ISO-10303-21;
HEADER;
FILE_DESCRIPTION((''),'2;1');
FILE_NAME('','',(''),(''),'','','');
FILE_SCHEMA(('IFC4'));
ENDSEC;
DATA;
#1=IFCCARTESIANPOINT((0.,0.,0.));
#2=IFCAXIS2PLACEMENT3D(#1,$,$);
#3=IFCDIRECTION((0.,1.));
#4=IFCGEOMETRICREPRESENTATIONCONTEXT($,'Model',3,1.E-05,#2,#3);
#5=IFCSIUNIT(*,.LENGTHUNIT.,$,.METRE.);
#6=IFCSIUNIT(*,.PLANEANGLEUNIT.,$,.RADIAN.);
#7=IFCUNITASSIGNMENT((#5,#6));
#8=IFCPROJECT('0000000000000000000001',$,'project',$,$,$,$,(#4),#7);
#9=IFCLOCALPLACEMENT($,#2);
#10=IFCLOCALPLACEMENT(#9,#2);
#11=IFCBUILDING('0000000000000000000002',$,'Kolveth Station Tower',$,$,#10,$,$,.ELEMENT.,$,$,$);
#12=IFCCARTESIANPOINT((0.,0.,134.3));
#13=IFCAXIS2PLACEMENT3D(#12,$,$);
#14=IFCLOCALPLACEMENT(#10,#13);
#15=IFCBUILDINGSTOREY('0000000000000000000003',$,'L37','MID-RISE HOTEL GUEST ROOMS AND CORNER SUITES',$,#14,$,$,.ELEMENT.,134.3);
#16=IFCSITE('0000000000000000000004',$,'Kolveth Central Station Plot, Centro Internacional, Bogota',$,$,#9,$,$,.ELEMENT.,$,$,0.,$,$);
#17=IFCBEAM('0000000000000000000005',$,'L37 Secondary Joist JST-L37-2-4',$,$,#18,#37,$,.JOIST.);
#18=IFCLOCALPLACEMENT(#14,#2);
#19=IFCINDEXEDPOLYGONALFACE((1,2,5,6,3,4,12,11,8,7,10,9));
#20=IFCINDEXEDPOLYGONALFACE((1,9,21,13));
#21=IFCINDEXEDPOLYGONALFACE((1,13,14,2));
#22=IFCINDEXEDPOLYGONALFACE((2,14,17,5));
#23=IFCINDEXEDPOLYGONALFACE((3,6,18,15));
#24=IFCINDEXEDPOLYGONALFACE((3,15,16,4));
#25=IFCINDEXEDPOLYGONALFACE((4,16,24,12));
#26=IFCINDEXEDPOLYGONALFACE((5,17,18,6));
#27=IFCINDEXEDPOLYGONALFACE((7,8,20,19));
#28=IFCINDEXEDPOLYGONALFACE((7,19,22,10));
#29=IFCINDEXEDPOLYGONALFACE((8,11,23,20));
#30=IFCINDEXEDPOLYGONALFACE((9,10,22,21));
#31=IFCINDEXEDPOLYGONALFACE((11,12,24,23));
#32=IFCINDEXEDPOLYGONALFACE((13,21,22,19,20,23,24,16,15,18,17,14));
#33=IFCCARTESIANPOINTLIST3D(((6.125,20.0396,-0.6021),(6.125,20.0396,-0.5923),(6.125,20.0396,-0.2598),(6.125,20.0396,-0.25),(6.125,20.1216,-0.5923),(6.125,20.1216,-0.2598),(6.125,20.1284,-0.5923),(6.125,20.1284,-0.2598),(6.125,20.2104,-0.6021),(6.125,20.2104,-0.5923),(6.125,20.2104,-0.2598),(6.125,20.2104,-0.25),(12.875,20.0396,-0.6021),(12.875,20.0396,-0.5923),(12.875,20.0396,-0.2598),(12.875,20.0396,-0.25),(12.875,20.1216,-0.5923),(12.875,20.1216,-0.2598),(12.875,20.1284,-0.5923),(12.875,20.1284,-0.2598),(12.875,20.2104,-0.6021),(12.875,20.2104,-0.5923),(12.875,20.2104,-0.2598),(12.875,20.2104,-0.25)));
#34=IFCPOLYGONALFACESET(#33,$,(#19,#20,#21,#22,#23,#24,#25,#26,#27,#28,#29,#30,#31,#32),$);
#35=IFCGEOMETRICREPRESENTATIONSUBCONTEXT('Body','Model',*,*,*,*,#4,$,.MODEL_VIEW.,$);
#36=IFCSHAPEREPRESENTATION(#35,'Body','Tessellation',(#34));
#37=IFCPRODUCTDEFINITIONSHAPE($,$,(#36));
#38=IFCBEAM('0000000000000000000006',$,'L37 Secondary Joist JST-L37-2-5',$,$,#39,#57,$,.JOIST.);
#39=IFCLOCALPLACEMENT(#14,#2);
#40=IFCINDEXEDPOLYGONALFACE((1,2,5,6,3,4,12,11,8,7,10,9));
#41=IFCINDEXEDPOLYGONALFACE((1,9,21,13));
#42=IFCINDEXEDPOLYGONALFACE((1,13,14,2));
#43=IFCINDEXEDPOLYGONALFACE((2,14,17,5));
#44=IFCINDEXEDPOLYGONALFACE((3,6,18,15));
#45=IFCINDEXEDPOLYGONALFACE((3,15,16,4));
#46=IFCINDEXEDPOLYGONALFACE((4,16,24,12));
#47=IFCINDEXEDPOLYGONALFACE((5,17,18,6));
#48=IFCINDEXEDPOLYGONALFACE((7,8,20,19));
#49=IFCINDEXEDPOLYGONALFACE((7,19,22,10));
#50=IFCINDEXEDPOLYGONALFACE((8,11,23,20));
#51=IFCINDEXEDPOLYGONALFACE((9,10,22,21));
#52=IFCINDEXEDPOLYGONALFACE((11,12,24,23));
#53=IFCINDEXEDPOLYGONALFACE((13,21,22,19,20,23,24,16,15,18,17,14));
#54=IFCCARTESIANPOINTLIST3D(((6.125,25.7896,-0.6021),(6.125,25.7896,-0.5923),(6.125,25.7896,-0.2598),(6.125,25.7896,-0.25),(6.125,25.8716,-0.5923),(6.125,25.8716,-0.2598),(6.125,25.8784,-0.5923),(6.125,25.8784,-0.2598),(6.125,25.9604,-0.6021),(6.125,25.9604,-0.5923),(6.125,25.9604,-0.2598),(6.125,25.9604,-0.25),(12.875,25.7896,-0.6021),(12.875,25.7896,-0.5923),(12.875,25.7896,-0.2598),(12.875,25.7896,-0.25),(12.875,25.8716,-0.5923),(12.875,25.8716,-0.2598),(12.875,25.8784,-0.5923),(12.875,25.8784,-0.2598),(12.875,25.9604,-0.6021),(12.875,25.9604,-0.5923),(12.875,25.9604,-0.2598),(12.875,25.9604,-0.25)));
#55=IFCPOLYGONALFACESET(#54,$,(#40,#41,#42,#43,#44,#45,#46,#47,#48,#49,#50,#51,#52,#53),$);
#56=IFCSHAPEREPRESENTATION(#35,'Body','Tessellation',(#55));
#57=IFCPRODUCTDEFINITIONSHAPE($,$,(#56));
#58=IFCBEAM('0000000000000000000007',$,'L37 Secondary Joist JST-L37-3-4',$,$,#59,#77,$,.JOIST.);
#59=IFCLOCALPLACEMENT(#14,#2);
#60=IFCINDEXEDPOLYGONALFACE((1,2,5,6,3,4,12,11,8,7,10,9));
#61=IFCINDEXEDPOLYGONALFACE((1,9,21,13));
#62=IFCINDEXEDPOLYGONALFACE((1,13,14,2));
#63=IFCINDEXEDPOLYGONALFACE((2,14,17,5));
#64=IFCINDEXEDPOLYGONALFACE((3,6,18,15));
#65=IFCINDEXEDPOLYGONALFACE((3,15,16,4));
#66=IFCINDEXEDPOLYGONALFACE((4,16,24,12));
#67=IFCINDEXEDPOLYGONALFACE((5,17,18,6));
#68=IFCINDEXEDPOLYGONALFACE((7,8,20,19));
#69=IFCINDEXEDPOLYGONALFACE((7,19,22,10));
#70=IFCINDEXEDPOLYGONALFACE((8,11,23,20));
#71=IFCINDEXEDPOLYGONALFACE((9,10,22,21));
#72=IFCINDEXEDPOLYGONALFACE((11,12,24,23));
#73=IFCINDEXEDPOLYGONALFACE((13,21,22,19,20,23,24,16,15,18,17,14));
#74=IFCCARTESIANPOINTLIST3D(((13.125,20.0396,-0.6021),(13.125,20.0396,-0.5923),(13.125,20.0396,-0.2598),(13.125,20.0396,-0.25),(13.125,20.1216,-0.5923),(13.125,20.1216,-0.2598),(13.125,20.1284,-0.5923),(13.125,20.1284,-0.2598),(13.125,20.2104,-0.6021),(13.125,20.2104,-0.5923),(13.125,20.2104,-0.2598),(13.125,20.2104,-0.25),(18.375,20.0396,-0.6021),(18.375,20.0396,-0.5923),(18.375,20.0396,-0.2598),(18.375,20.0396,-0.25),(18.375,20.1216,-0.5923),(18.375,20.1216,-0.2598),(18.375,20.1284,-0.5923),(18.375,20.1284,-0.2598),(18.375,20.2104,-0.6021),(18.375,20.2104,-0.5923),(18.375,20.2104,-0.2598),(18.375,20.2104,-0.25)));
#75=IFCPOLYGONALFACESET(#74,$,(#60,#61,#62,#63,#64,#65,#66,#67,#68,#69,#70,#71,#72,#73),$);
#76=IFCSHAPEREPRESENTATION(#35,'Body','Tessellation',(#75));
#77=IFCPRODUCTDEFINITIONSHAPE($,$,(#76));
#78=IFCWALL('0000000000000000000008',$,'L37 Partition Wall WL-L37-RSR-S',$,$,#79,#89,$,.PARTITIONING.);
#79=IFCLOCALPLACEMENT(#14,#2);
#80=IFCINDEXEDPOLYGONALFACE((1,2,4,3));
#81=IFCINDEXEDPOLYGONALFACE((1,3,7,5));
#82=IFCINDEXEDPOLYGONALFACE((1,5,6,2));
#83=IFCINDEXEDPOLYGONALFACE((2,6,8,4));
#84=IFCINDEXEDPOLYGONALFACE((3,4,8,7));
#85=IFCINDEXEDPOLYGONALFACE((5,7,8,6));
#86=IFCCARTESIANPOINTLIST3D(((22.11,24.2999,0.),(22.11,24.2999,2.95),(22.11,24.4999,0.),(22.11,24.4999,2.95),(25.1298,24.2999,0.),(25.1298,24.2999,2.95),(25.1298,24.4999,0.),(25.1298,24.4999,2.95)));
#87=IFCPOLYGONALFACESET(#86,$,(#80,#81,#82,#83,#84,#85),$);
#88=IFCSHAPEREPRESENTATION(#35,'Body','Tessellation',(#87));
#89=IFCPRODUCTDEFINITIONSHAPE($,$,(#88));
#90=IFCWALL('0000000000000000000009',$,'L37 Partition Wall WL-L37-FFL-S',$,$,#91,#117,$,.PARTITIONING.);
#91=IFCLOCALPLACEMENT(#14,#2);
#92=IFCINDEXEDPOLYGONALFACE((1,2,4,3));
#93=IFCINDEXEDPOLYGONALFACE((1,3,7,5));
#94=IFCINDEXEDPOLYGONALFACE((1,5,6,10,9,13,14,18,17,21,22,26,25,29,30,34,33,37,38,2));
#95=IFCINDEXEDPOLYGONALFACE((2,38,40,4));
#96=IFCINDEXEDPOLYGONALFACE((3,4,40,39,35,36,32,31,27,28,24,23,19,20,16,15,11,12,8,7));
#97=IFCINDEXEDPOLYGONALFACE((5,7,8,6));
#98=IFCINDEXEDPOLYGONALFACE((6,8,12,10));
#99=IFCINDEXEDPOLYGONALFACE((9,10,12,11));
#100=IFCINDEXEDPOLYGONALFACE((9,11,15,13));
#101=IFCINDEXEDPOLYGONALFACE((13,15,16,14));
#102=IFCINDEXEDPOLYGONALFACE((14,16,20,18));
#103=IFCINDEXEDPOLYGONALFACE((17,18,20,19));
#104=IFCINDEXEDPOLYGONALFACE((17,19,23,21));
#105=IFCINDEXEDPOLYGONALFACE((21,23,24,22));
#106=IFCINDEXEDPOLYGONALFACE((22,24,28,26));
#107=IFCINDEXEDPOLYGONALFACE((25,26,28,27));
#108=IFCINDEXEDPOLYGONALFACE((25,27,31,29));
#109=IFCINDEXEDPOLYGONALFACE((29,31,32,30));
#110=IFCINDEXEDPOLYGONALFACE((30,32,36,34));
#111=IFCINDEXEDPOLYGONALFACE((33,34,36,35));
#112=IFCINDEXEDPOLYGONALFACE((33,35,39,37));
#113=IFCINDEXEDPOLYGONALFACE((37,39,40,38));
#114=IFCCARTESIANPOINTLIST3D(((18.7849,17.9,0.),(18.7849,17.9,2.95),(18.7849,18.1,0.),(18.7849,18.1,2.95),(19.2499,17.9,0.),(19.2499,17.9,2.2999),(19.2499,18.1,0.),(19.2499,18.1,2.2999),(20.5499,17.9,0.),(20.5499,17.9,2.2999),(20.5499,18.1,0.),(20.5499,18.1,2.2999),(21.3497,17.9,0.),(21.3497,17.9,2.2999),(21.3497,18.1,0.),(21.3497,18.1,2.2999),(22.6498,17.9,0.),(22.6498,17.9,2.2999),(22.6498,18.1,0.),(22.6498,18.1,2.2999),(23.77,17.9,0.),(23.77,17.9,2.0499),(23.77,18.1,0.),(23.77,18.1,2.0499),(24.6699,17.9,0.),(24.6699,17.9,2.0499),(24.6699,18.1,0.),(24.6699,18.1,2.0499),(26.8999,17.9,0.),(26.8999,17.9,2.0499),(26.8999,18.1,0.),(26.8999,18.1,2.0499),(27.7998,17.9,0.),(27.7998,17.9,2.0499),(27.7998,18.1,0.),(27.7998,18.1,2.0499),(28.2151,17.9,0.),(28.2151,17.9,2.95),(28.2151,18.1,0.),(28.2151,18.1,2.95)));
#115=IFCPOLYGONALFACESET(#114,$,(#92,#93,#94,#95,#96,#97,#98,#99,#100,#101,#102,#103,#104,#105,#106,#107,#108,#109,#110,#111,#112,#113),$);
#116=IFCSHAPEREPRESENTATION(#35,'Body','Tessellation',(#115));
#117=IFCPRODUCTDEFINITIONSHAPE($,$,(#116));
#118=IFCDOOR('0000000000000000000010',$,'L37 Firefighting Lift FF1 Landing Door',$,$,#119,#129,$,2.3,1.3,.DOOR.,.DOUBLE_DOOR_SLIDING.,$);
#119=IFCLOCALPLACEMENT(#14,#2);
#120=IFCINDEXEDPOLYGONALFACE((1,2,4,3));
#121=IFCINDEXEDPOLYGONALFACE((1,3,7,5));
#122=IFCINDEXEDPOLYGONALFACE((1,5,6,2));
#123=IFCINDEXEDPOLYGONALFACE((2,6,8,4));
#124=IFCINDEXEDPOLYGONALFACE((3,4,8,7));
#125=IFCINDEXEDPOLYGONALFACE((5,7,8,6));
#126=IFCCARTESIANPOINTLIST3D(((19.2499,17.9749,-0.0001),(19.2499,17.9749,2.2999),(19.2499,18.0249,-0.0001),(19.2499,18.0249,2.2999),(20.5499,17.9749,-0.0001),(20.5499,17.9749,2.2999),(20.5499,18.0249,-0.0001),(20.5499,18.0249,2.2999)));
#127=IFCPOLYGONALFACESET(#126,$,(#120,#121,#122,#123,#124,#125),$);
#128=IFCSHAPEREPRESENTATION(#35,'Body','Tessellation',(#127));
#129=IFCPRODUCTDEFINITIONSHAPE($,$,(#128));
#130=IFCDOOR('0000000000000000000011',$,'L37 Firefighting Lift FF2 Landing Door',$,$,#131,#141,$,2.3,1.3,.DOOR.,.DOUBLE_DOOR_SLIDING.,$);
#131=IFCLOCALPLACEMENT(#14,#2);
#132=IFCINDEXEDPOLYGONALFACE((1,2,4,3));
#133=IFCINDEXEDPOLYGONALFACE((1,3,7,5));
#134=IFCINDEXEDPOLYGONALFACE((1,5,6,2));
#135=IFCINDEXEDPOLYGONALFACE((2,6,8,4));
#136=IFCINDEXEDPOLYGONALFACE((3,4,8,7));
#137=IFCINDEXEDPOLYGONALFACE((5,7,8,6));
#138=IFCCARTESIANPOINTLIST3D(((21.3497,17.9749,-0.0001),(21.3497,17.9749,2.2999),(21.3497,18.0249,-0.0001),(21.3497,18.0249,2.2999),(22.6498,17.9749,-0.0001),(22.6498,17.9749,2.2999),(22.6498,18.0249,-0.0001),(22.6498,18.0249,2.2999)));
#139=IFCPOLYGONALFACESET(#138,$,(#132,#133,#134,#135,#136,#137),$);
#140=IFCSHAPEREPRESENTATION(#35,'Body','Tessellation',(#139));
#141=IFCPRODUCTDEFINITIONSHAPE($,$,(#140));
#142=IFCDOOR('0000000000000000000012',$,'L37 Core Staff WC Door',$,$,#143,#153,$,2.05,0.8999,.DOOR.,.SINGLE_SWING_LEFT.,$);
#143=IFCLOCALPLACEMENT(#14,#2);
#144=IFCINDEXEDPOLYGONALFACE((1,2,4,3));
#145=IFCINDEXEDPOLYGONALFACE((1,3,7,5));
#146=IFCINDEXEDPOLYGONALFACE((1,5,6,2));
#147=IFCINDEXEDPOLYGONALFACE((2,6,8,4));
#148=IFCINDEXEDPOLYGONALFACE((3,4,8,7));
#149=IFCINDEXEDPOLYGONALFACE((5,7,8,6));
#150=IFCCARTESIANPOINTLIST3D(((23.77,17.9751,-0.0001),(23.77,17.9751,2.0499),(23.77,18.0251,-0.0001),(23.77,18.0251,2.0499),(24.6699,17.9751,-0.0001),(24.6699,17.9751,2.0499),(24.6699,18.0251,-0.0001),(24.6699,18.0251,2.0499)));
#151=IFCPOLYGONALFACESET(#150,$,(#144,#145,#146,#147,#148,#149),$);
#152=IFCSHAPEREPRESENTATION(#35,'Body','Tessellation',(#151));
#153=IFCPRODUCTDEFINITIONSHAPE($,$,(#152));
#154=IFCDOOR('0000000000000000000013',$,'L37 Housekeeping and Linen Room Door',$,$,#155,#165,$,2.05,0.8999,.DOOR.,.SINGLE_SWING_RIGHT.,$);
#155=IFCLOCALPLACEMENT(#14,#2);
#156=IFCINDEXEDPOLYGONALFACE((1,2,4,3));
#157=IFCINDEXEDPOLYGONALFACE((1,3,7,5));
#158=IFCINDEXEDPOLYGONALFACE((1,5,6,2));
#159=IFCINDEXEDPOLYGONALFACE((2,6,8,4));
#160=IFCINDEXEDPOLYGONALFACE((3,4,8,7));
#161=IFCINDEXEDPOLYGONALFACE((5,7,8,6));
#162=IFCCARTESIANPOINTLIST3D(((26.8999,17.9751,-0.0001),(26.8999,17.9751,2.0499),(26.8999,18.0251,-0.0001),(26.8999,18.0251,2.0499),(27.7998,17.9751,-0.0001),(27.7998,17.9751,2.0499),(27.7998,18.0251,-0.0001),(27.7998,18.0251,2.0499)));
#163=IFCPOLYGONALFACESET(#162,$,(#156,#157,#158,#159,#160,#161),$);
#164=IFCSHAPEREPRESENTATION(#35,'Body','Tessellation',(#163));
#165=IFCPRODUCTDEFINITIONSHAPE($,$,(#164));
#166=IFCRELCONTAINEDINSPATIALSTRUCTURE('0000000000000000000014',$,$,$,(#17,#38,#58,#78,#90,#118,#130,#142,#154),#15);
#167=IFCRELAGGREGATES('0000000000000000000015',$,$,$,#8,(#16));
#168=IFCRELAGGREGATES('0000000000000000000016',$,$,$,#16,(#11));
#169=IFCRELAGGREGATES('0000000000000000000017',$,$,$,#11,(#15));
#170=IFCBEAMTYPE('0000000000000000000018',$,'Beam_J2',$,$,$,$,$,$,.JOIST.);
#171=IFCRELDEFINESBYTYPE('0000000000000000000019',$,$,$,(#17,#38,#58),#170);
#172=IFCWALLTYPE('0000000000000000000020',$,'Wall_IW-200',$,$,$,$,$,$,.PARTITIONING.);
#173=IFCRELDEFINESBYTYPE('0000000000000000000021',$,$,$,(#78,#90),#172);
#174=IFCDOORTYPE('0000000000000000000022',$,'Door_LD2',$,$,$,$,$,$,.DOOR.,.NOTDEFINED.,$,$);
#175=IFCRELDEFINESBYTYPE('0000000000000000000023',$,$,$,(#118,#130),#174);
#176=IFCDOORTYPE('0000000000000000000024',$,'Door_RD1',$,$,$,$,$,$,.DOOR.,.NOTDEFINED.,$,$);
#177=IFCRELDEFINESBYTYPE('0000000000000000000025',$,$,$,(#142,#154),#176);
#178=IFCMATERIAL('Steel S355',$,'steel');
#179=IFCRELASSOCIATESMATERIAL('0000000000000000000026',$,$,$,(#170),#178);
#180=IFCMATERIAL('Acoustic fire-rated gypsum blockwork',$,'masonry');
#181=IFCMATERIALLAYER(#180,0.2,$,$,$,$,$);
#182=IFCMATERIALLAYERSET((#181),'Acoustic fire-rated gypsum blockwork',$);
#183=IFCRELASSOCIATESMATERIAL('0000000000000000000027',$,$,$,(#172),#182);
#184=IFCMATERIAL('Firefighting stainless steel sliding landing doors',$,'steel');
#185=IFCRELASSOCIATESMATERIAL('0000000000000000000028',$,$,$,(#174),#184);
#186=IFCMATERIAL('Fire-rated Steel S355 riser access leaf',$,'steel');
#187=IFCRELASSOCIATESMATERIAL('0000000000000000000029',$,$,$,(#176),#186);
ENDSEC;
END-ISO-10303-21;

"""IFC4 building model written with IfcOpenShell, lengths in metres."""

from ifc_helpers import new_model, si_unit, direction, frame, frame_2d, origin, origin_2d, place, context, subcontext, project, spatial, rectangle, i_section, extrude, source, transform, mapped, material, layer, layer_set, material_profile, profile_set, type_object, element, fill, save


model = new_model("IFC4")

# Units and contexts
model_context = context("Model", 3, precision=1e-05, world=origin(), true_north=direction((0.0, 1.0)))
body_context = subcontext(model_context, "Body", "Model", "MODEL_VIEW")
ifc_project = project(units=[si_unit("LENGTHUNIT", "METRE"), si_unit("PLANEANGLEUNIT", "RADIAN")], contexts=[model_context])

# Site, building, storey
site_placement = place(None, origin())
site = spatial("IfcSite", under=ifc_project, at=site_placement, Name="Kolveth Central Station Plot, Centro Internacional, Bogota", CompositionType="ELEMENT", RefElevation=0.0)
building_placement = place(site_placement, origin())
building = spatial("IfcBuilding", under=site, at=building_placement, Name="Kolveth Station Tower", CompositionType="ELEMENT")
storey_placement = place(building_placement, frame((0.0, 0.0, 134.3)))
storey = spatial("IfcBuildingStorey", under=building, at=storey_placement, Name="L37", Description="MID-RISE HOTEL GUEST ROOMS AND CORNER SUITES", CompositionType="ELEMENT", Elevation=134.3)

# Shared definitions
ifc_material_1 = material(Name="Steel S355", Category="steel")

# Beams
ifc_material_profile_1 = material_profile(ifc_material_1, i_section(OverallWidth=0.1709, OverallDepth=0.3521, WebThickness=0.0068, FlangeThickness=0.0098, at=origin_2d()), Name="W360x44")
ifc_profile_set_1 = profile_set([ifc_material_profile_1], Name="Steel S355")
beam_type_1 = type_object("IfcBeamType", Name="Beam_J2", PredefinedType="JOIST", material=ifc_profile_set_1)
shared_shape_1 = source(origin(), body_context, "Body", "SweptSolid", [
    extrude(i_section(OverallWidth=0.1709, OverallDepth=0.3521, WebThickness=0.0068, FlangeThickness=0.0098, at=origin_2d()), origin(), (0.0, 0.0, 1.0), 6.75),
])
for number, where, z_axis, x_axis, name in (
    (1, (6.125, 20.125, -0.426), (1.0, 0.0, 0.0), (0.0, 1.0, 0.0), "L37 Secondary Joist JST-L37-2-4"),
    (2, (6.125, 25.875, -0.426), (1.0, 0.0, 0.0), (0.0, 1.0, 0.0), "L37 Secondary Joist JST-L37-2-5"),
):
    element("IfcBeam", number, at=place(storey_placement, frame(where, z_axis=z_axis, x_axis=x_axis)), inside=storey, type_object=beam_type_1, Name=name, PredefinedType="JOIST", context=body_context, shape_type="MappedRepresentation", body=[
        mapped(shared_shape_1, transform((0.0, 0.0, 0.0), x_axis=(1.0, 0.0, 0.0), y_axis=(0.0, 1.0, 0.0), z_axis=(0.0, 0.0, 1.0), scale=1.0)),
    ])
shared_shape_2 = source(origin(), body_context, "Body", "SweptSolid", [
    extrude(i_section(OverallWidth=0.1709, OverallDepth=0.3521, WebThickness=0.0068, FlangeThickness=0.0098, at=origin_2d()), origin(), (0.0, 0.0, 1.0), 5.25),
])
beam_1_placement = place(storey_placement, frame((13.125, 20.125, -0.426), z_axis=(1.0, 0.0, 0.0), x_axis=(0.0, 1.0, 0.0)))
element("IfcBeam", 3, at=beam_1_placement, inside=storey, type_object=beam_type_1, Name="L37 Secondary Joist JST-L37-3-4", PredefinedType="JOIST", context=body_context, shape_type="MappedRepresentation", body=[
    mapped(shared_shape_2, transform((0.0, 0.0, 0.0), x_axis=(1.0, 0.0, 0.0), y_axis=(0.0, 1.0, 0.0), z_axis=(0.0, 0.0, 1.0), scale=1.0)),
])

# Wall
ifc_material_2 = material(Name="Acoustic fire-rated gypsum blockwork", Category="masonry")
ifc_layer_1 = layer(ifc_material_2, 0.2)
ifc_layer_set_1 = layer_set([ifc_layer_1], Name="Acoustic fire-rated gypsum blockwork")
wall_type_1 = type_object("IfcWallType", Name="Wall_IW-200", PredefinedType="PARTITIONING", material=ifc_layer_set_1)
wall_1_placement = place(storey_placement, frame((22.1101, 24.3999, 0.0), z_axis=(0.0, 0.0, 1.0), x_axis=(1.0, 0.0, 0.0)))
element("IfcWall", 4, at=wall_1_placement, inside=storey, type_object=wall_type_1, Name="L37 Partition Wall WL-L37-RSR-S", PredefinedType="PARTITIONING", context=body_context, shape_type="SweptSolid", body=[
    extrude(rectangle(XDim=3.0198, YDim=0.2, at=frame_2d((1.5098, 0.0))), origin(), (0.0, 0.0, 1.0), 2.95),
])

# Wall, openings, doors
wall_2_placement = place(storey_placement, frame((18.7849, 18.0, 0.0), z_axis=(0.0, 0.0, 1.0), x_axis=(1.0, 0.0, 0.0)))
wall_2 = element("IfcWall", 5, at=wall_2_placement, inside=storey, type_object=wall_type_1, Name="L37 Partition Wall WL-L37-FFL-S", PredefinedType="PARTITIONING", context=body_context, shape_type="SweptSolid", body=[
    extrude(rectangle(XDim=9.4302, YDim=0.2, at=frame_2d((4.7151, 0.0))), origin(), (0.0, 0.0, 1.0), 2.95),
])
opening_1_placement = place(wall_2_placement, frame((0.4651, 0.0, 0.0)))
opening_1 = element("IfcOpeningElement", 6, at=opening_1_placement, cuts=wall_2, PredefinedType="OPENING", context=body_context, shape_type="SweptSolid", body=[
    extrude(rectangle(XDim=1.3, YDim=2.3, at=frame_2d((0.6499, 1.1499))), frame((0.0, 0.1099, 0.0), z_axis=(0.0, -1.0, 0.0), x_axis=(1.0, 0.0, 0.0)), (0.0, 0.0, 1.0), 0.22),
])
opening_2_placement = place(wall_2_placement, frame((2.5649, 0.0, 0.0)))
opening_2 = element("IfcOpeningElement", 7, at=opening_2_placement, cuts=wall_2, PredefinedType="OPENING", context=body_context, shape_type="SweptSolid", body=[
    extrude(rectangle(XDim=1.3, YDim=2.3, at=frame_2d((0.6499, 1.1499))), frame((0.0, 0.1099, 0.0), z_axis=(0.0, -1.0, 0.0), x_axis=(1.0, 0.0, 0.0)), (0.0, 0.0, 1.0), 0.22),
])
opening_3_placement = place(wall_2_placement, frame((4.9851, 0.0, 0.0)))
opening_3 = element("IfcOpeningElement", 8, at=opening_3_placement, cuts=wall_2, PredefinedType="OPENING", context=body_context, shape_type="SweptSolid", body=[
    extrude(rectangle(XDim=0.8999, YDim=2.05, at=frame_2d((0.45, 1.0249))), frame((0.0, 0.1099, 0.0), z_axis=(0.0, -1.0, 0.0), x_axis=(1.0, 0.0, 0.0)), (0.0, 0.0, 1.0), 0.22),
])
opening_4_placement = place(wall_2_placement, frame((8.115, 0.0, 0.0)))
opening_4 = element("IfcOpeningElement", 9, at=opening_4_placement, cuts=wall_2, PredefinedType="OPENING", context=body_context, shape_type="SweptSolid", body=[
    extrude(rectangle(XDim=0.8999, YDim=2.05, at=frame_2d((0.45, 1.0249))), frame((0.0, 0.1099, 0.0), z_axis=(0.0, -1.0, 0.0), x_axis=(1.0, 0.0, 0.0)), (0.0, 0.0, 1.0), 0.22),
])
ifc_material_3 = material(Name="Firefighting stainless steel sliding landing doors", Category="steel")
door_type_1 = type_object("IfcDoorType", Name="Door_LD2", OperationType="NOTDEFINED", PredefinedType="DOOR", material=ifc_material_3)
door_1_placement = place(opening_1_placement, origin())
door_1 = element("IfcDoor", 10, at=door_1_placement, inside=storey, type_object=door_type_1, Name="L37 Firefighting Lift FF1 Landing Door", OperationType="DOUBLE_DOOR_SLIDING", OverallHeight=2.3, OverallWidth=1.3, PredefinedType="DOOR", context=body_context, shape_type="SweptSolid", body=[
    extrude(rectangle(XDim=1.3, YDim=2.3, at=frame_2d((0.6499, 1.1499))), frame((0.0, 0.0249, 0.0), z_axis=(0.0, -1.0, 0.0), x_axis=(1.0, 0.0, 0.0)), (0.0, 0.0, 1.0), 0.05),
])
fill(opening_1, door_1)
door_2_placement = place(opening_2_placement, origin())
door_2 = element("IfcDoor", 11, at=door_2_placement, inside=storey, type_object=door_type_1, Name="L37 Firefighting Lift FF2 Landing Door", OperationType="DOUBLE_DOOR_SLIDING", OverallHeight=2.3, OverallWidth=1.3, PredefinedType="DOOR", context=body_context, shape_type="SweptSolid", body=[
    extrude(rectangle(XDim=1.3, YDim=2.3, at=frame_2d((0.6499, 1.1499))), frame((0.0, 0.0249, 0.0), z_axis=(0.0, -1.0, 0.0), x_axis=(1.0, 0.0, 0.0)), (0.0, 0.0, 1.0), 0.05),
])
fill(opening_2, door_2)
ifc_material_4 = material(Name="Fire-rated Steel S355 riser access leaf", Category="steel")
door_type_2 = type_object("IfcDoorType", Name="Door_RD1", OperationType="NOTDEFINED", PredefinedType="DOOR", material=ifc_material_4)
door_3_placement = place(opening_3_placement, frame((0.8999, 0.0, 0.0), z_axis=(0.0, 0.0, 1.0), x_axis=(-1.0, 0.0, 0.0)))
door_3 = element("IfcDoor", 12, at=door_3_placement, inside=storey, type_object=door_type_2, Name="L37 Core Staff WC Door", OperationType="SINGLE_SWING_LEFT", OverallHeight=2.05, OverallWidth=0.8999, PredefinedType="DOOR", context=body_context, shape_type="SweptSolid", body=[
    extrude(rectangle(XDim=0.8999, YDim=2.05, at=frame_2d((0.45, 1.0249))), frame((0.0, 0.0249, 0.0), z_axis=(0.0, -1.0, 0.0), x_axis=(1.0, 0.0, 0.0)), (0.0, 0.0, 1.0), 0.05),
])
fill(opening_3, door_3)
door_4_placement = place(opening_4_placement, frame((0.8999, 0.0, 0.0), z_axis=(0.0, 0.0, 1.0), x_axis=(-1.0, 0.0, 0.0)))
door_4 = element("IfcDoor", 13, at=door_4_placement, inside=storey, type_object=door_type_2, Name="L37 Housekeeping and Linen Room Door", OperationType="SINGLE_SWING_RIGHT", OverallHeight=2.05, OverallWidth=0.8999, PredefinedType="DOOR", context=body_context, shape_type="SweptSolid", body=[
    extrude(rectangle(XDim=0.8999, YDim=2.05, at=frame_2d((0.45, 1.0249))), frame((0.0, 0.0249, 0.0), z_axis=(0.0, -1.0, 0.0), x_axis=(1.0, 0.0, 0.0)), (0.0, 0.0, 1.0), 0.05),
])
fill(opening_4, door_4)

save(model, "model.ifc")
